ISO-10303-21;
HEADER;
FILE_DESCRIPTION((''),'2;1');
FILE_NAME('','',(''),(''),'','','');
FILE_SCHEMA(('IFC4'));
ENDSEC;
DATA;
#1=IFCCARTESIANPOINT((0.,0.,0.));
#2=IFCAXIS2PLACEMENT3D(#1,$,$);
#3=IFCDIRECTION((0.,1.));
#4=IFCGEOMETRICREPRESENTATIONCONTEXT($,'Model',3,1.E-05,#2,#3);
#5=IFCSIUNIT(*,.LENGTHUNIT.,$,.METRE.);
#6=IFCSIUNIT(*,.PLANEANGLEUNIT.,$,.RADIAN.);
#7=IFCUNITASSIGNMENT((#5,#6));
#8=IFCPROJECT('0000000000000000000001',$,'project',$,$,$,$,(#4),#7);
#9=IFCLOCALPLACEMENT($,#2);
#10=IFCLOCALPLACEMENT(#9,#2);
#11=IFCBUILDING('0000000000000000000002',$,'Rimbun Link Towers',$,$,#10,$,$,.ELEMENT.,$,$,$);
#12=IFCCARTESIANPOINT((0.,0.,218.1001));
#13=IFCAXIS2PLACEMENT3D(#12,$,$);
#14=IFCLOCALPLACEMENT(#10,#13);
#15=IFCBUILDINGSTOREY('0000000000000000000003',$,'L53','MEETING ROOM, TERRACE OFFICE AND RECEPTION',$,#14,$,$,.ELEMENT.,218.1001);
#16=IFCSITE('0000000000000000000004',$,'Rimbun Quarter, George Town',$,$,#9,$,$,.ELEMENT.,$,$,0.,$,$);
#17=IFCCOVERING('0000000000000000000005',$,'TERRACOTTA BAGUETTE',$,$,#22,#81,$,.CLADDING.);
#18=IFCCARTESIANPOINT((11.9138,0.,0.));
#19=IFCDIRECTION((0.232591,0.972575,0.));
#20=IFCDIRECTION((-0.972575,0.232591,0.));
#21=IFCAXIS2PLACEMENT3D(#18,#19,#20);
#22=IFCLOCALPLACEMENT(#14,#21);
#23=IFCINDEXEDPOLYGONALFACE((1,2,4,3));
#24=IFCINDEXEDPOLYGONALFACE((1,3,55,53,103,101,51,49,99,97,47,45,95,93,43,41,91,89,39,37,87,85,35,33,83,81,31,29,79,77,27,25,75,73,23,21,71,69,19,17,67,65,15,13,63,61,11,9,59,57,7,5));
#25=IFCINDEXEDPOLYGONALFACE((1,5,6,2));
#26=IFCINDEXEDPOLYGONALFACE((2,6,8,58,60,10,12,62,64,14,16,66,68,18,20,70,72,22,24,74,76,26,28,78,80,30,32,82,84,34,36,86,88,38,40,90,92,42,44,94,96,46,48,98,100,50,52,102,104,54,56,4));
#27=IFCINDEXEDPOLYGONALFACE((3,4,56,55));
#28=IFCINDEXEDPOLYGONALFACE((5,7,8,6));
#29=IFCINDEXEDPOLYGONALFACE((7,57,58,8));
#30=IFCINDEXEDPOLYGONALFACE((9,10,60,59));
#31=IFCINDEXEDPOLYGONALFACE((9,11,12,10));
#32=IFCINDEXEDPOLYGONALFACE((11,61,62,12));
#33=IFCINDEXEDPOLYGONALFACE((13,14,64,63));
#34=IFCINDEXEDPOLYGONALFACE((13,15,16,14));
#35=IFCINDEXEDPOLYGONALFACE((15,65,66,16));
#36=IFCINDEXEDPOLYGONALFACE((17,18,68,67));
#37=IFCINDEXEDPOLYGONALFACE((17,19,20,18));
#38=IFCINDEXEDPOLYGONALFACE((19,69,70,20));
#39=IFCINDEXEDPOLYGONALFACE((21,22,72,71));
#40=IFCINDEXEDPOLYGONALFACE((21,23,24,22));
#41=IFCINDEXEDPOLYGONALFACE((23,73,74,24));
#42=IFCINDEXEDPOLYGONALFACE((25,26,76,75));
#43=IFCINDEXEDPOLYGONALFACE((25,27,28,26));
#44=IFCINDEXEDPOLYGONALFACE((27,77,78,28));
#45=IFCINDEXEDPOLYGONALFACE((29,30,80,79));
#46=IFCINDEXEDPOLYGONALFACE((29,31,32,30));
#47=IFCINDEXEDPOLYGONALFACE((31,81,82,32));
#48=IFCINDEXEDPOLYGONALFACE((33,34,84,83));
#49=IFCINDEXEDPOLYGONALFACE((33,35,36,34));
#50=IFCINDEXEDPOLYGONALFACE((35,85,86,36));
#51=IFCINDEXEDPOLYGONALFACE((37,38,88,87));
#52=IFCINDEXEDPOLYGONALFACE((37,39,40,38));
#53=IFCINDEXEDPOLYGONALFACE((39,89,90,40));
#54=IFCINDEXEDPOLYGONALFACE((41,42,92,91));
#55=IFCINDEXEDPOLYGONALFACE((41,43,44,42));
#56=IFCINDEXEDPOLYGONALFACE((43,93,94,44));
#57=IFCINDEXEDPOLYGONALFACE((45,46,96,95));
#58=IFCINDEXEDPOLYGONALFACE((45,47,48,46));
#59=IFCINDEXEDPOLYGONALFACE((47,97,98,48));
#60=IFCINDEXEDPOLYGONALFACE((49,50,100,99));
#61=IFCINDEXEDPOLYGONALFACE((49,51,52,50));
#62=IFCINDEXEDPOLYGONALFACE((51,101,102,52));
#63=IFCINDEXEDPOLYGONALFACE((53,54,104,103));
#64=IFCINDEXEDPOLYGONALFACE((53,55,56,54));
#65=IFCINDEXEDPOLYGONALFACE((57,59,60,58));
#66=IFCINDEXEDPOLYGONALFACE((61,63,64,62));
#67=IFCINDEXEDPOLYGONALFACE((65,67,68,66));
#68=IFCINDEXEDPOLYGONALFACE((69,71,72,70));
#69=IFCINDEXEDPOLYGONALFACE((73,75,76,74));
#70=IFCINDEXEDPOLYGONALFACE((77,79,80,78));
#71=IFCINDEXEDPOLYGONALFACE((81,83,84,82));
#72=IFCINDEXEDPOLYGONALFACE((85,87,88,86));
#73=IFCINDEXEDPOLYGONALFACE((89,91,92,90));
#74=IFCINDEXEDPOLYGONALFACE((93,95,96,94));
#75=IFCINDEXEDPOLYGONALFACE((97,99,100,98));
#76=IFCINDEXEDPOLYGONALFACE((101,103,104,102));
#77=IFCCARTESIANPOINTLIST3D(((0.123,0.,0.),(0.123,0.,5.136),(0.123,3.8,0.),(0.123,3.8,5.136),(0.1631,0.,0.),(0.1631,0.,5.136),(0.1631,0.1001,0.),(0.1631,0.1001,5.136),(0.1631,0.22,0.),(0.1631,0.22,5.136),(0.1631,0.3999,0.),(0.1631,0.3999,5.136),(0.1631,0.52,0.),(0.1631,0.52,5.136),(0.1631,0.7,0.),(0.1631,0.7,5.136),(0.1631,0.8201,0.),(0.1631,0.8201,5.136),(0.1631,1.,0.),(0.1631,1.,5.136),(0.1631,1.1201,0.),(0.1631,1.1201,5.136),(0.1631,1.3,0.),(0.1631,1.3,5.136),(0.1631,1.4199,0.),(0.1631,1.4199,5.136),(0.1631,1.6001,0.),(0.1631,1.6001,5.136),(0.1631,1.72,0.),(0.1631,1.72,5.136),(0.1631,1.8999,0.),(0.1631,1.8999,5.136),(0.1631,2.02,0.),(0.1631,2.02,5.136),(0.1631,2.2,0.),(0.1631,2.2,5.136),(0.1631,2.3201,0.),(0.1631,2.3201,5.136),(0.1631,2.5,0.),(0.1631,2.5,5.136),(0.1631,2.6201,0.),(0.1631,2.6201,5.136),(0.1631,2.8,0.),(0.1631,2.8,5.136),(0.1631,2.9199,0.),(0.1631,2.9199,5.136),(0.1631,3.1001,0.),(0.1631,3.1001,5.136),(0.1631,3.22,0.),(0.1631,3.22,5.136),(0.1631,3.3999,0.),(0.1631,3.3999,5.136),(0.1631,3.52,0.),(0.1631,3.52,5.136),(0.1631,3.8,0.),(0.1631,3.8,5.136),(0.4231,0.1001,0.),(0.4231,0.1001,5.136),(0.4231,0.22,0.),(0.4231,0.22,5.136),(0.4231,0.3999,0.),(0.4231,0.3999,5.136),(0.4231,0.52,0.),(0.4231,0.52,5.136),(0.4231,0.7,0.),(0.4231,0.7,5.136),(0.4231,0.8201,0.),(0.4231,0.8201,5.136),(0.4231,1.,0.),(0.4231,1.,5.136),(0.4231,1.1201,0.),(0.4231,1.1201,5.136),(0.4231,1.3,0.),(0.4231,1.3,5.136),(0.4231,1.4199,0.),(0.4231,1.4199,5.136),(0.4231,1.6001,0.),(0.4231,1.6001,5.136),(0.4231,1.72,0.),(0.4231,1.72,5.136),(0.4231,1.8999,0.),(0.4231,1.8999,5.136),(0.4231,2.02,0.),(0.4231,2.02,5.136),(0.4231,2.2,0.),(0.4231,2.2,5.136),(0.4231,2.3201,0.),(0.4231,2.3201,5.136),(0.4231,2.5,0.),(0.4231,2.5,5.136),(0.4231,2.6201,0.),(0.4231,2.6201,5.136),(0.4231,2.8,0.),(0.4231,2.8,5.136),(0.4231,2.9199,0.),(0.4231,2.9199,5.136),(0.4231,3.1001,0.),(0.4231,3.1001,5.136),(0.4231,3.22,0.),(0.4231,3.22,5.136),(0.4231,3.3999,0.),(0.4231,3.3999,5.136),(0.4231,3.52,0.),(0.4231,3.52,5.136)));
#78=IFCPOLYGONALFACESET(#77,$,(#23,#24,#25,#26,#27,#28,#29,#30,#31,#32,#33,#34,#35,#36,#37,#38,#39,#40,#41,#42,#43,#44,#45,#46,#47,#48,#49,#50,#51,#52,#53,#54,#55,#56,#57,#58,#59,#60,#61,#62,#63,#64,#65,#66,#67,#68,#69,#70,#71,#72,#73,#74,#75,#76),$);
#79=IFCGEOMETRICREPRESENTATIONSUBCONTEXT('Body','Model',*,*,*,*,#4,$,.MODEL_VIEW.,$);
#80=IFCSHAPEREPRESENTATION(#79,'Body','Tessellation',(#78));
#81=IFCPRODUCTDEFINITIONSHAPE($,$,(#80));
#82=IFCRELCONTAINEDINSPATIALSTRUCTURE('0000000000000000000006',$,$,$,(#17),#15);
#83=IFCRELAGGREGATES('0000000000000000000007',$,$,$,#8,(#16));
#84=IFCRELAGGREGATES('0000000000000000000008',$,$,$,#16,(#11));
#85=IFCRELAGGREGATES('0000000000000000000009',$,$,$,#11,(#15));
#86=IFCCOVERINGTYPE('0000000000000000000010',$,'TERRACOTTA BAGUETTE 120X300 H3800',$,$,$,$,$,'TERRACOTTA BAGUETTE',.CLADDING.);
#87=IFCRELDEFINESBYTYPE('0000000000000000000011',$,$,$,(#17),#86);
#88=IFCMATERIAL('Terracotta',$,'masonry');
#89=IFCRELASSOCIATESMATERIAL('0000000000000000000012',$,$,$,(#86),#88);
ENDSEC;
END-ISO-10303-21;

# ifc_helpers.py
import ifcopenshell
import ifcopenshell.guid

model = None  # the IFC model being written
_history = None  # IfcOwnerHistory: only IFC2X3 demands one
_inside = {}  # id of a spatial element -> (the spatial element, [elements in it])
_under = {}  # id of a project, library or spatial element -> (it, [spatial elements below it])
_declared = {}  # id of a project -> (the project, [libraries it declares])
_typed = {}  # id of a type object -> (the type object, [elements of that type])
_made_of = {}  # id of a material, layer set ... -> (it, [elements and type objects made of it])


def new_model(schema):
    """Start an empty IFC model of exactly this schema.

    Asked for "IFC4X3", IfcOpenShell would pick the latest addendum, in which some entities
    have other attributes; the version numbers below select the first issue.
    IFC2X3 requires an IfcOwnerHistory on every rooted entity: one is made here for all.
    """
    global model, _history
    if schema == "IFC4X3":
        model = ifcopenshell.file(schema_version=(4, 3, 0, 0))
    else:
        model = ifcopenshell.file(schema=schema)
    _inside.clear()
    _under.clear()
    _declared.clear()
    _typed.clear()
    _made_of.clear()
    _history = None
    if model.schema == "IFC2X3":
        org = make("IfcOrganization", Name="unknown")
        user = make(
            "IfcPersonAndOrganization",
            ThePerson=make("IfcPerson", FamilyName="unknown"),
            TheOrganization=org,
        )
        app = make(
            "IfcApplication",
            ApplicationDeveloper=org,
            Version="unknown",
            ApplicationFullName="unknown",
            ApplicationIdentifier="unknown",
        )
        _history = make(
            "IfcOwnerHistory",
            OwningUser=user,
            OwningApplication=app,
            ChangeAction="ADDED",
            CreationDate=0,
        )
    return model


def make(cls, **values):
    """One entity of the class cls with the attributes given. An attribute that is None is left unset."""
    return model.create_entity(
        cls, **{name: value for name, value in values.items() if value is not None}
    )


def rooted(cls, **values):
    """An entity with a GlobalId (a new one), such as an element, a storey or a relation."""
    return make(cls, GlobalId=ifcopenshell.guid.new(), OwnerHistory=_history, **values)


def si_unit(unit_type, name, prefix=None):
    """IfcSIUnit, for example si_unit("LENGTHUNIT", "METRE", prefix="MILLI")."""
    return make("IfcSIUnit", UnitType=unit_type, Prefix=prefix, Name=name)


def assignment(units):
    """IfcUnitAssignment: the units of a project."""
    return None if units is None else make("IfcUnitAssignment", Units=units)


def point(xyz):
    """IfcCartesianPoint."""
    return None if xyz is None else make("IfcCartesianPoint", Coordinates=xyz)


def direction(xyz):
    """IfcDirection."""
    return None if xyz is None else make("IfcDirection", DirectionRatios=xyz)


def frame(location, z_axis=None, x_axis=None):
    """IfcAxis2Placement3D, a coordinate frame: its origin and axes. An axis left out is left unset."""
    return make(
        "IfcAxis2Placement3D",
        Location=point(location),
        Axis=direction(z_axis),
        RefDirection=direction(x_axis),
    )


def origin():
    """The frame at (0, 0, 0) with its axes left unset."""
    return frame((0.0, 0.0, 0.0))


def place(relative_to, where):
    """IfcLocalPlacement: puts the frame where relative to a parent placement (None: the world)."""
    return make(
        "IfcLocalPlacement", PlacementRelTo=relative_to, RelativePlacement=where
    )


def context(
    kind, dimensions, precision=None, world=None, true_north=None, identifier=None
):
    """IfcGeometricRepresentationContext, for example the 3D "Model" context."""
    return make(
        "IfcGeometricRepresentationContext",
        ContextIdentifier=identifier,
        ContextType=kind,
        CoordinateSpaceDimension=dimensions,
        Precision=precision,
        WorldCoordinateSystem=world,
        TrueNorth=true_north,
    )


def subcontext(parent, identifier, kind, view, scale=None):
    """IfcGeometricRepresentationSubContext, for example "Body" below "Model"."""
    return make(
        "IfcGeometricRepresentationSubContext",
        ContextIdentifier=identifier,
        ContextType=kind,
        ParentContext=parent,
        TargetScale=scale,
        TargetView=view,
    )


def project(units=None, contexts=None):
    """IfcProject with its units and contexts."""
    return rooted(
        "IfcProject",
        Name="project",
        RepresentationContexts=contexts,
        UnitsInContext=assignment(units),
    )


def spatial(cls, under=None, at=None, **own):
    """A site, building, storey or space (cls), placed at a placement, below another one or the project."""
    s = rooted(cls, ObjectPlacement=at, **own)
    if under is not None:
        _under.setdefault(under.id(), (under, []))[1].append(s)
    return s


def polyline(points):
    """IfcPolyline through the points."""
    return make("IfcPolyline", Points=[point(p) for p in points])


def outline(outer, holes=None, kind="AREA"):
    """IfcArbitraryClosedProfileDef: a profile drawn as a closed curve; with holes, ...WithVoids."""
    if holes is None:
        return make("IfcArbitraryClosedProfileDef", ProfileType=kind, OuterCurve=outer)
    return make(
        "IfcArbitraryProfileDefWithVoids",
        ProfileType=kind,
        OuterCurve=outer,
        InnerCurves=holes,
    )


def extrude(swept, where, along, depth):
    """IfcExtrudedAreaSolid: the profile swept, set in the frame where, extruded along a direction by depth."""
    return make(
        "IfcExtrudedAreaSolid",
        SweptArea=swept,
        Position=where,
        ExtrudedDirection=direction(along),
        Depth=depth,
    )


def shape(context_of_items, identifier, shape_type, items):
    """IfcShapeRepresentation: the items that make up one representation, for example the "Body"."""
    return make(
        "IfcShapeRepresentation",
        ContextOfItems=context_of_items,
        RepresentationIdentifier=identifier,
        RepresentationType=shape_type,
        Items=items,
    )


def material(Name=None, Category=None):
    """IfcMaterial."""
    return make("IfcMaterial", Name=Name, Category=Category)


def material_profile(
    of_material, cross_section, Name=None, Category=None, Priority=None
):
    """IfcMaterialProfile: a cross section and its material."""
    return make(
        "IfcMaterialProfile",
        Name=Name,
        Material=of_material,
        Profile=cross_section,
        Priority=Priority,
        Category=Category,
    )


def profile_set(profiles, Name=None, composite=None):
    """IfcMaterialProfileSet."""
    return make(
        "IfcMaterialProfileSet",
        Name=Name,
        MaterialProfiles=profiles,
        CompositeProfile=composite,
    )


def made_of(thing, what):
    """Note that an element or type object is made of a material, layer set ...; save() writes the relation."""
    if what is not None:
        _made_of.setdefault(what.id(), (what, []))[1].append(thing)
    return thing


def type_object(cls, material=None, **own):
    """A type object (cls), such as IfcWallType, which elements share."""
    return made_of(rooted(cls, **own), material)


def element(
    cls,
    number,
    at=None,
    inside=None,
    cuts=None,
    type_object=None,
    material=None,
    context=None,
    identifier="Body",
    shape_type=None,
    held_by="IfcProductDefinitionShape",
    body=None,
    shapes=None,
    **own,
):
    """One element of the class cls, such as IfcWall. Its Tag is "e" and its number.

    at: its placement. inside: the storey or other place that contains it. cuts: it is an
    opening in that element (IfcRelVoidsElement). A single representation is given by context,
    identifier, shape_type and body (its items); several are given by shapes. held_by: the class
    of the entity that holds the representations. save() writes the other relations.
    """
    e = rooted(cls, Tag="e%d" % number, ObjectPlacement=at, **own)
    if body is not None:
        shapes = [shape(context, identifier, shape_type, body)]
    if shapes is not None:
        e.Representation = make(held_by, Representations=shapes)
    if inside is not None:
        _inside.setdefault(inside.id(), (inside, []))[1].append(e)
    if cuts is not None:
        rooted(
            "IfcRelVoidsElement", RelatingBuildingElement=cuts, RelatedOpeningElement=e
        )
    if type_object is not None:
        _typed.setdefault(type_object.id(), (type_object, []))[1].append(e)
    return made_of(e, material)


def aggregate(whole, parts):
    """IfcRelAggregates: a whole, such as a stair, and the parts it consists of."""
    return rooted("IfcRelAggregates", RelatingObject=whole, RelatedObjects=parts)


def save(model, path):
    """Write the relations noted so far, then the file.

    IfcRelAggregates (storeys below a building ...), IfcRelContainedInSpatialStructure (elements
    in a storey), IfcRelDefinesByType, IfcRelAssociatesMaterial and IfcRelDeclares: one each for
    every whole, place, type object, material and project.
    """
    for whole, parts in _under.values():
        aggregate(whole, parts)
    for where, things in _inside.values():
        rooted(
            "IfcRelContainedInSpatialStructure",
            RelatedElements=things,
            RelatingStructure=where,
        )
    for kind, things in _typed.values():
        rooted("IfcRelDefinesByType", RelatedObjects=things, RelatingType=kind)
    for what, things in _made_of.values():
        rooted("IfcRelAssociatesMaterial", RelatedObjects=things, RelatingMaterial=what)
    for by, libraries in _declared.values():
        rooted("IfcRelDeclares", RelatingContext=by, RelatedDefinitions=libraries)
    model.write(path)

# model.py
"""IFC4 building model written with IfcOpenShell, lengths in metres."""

from ifc_helpers import new_model, si_unit, direction, frame, origin, place, context, subcontext, project, spatial, polyline, outline, extrude, material, material_profile, profile_set, type_object, element, save


model = new_model("IFC4")

# Units and contexts
model_context = context("Model", 3, precision=1e-05, world=origin(), true_north=direction((0.0, 1.0)))
body_context = subcontext(model_context, "Body", "Model", "MODEL_VIEW")
ifc_project = project(units=[si_unit("LENGTHUNIT", "METRE"), si_unit("PLANEANGLEUNIT", "RADIAN")], contexts=[model_context])

# Site, building, storey
site_placement = place(None, origin())
site = spatial("IfcSite", under=ifc_project, at=site_placement, Name="Rimbun Quarter, George Town", CompositionType="ELEMENT", RefElevation=0.0)
building_placement = place(site_placement, origin())
building = spatial("IfcBuilding", under=site, at=building_placement, Name="Rimbun Link Towers", CompositionType="ELEMENT")
storey_placement = place(building_placement, frame((0.0, 0.0, 218.1001)))
storey = spatial("IfcBuildingStorey", under=building, at=storey_placement, Name="L53", Description="MEETING ROOM, TERRACE OFFICE AND RECEPTION", CompositionType="ELEMENT", Elevation=218.1001)

# Covering
ifc_material_1 = material(Name="Terracotta", Category="masonry")
ifc_material_profile_1 = material_profile(ifc_material_1, outline(polyline([(0.123, 0.0), (0.1631, 0.0), (0.1631, 0.1001), (0.4231, 0.1001), (0.4231, 0.22), (0.1631, 0.22), (0.1631, 0.3999), (0.4231, 0.3999), (0.4231, 0.52), (0.1631, 0.52), (0.1631, 0.7), (0.4231, 0.7), (0.4231, 0.8201), (0.1631, 0.8201), (0.1631, 1.0), (0.4231, 1.0), (0.4231, 1.1201), (0.1631, 1.1201), (0.1631, 1.3), (0.4231, 1.3), (0.4231, 1.4199), (0.1631, 1.4199), (0.1631, 1.6001), (0.4231, 1.6001), (0.4231, 1.72), (0.1631, 1.72), (0.1631, 1.8999), (0.4231, 1.8999), (0.4231, 2.02), (0.1631, 2.02), (0.1631, 2.2), (0.4231, 2.2), (0.4231, 2.3201), (0.1631, 2.3201), (0.1631, 2.5), (0.4231, 2.5), (0.4231, 2.6201), (0.1631, 2.6201), (0.1631, 2.8), (0.4231, 2.8), (0.4231, 2.9199), (0.1631, 2.9199), (0.1631, 3.1001), (0.4231, 3.1001), (0.4231, 3.22), (0.1631, 3.22), (0.1631, 3.3999), (0.4231, 3.3999), (0.4231, 3.52), (0.1631, 3.52), (0.1631, 3.8), (0.123, 3.8), (0.123, 0.0)])), Name="BAGUETTE 120X300")
ifc_profile_set_1 = profile_set([ifc_material_profile_1], Name="Terracotta")
covering_type_1 = type_object("IfcCoveringType", Name="TERRACOTTA BAGUETTE 120X300 H3800", ElementType="TERRACOTTA BAGUETTE", PredefinedType="CLADDING", material=ifc_profile_set_1)
covering_1_placement = place(storey_placement, frame((11.9138, 0.0, 0.0), z_axis=(0.232591, 0.972575, 0.0), x_axis=(-0.972575, 0.232591, 0.0)))
element("IfcCovering", 1, at=covering_1_placement, inside=storey, type_object=covering_type_1, Name="TERRACOTTA BAGUETTE", PredefinedType="CLADDING", context=body_context, shape_type="SweptSolid", body=[
    extrude(outline(polyline([(0.123, 0.0), (0.1631, 0.0), (0.1631, 0.1001), (0.4231, 0.1001), (0.4231, 0.22), (0.1631, 0.22), (0.1631, 0.3999), (0.4231, 0.3999), (0.4231, 0.52), (0.1631, 0.52), (0.1631, 0.7), (0.4231, 0.7), (0.4231, 0.8201), (0.1631, 0.8201), (0.1631, 1.0), (0.4231, 1.0), (0.4231, 1.1201), (0.1631, 1.1201), (0.1631, 1.3), (0.4231, 1.3), (0.4231, 1.4199), (0.1631, 1.4199), (0.1631, 1.6001), (0.4231, 1.6001), (0.4231, 1.72), (0.1631, 1.72), (0.1631, 1.8999), (0.4231, 1.8999), (0.4231, 2.02), (0.1631, 2.02), (0.1631, 2.2), (0.4231, 2.2), (0.4231, 2.3201), (0.1631, 2.3201), (0.1631, 2.5), (0.4231, 2.5), (0.4231, 2.6201), (0.1631, 2.6201), (0.1631, 2.8), (0.4231, 2.8), (0.4231, 2.9199), (0.1631, 2.9199), (0.1631, 3.1001), (0.4231, 3.1001), (0.4231, 3.22), (0.1631, 3.22), (0.1631, 3.3999), (0.4231, 3.3999), (0.4231, 3.52), (0.1631, 3.52), (0.1631, 3.8), (0.123, 3.8), (0.123, 0.0)])), origin(), (0.0, 0.0, 1.0), 5.136),
])

save(model, "model.ifc")
